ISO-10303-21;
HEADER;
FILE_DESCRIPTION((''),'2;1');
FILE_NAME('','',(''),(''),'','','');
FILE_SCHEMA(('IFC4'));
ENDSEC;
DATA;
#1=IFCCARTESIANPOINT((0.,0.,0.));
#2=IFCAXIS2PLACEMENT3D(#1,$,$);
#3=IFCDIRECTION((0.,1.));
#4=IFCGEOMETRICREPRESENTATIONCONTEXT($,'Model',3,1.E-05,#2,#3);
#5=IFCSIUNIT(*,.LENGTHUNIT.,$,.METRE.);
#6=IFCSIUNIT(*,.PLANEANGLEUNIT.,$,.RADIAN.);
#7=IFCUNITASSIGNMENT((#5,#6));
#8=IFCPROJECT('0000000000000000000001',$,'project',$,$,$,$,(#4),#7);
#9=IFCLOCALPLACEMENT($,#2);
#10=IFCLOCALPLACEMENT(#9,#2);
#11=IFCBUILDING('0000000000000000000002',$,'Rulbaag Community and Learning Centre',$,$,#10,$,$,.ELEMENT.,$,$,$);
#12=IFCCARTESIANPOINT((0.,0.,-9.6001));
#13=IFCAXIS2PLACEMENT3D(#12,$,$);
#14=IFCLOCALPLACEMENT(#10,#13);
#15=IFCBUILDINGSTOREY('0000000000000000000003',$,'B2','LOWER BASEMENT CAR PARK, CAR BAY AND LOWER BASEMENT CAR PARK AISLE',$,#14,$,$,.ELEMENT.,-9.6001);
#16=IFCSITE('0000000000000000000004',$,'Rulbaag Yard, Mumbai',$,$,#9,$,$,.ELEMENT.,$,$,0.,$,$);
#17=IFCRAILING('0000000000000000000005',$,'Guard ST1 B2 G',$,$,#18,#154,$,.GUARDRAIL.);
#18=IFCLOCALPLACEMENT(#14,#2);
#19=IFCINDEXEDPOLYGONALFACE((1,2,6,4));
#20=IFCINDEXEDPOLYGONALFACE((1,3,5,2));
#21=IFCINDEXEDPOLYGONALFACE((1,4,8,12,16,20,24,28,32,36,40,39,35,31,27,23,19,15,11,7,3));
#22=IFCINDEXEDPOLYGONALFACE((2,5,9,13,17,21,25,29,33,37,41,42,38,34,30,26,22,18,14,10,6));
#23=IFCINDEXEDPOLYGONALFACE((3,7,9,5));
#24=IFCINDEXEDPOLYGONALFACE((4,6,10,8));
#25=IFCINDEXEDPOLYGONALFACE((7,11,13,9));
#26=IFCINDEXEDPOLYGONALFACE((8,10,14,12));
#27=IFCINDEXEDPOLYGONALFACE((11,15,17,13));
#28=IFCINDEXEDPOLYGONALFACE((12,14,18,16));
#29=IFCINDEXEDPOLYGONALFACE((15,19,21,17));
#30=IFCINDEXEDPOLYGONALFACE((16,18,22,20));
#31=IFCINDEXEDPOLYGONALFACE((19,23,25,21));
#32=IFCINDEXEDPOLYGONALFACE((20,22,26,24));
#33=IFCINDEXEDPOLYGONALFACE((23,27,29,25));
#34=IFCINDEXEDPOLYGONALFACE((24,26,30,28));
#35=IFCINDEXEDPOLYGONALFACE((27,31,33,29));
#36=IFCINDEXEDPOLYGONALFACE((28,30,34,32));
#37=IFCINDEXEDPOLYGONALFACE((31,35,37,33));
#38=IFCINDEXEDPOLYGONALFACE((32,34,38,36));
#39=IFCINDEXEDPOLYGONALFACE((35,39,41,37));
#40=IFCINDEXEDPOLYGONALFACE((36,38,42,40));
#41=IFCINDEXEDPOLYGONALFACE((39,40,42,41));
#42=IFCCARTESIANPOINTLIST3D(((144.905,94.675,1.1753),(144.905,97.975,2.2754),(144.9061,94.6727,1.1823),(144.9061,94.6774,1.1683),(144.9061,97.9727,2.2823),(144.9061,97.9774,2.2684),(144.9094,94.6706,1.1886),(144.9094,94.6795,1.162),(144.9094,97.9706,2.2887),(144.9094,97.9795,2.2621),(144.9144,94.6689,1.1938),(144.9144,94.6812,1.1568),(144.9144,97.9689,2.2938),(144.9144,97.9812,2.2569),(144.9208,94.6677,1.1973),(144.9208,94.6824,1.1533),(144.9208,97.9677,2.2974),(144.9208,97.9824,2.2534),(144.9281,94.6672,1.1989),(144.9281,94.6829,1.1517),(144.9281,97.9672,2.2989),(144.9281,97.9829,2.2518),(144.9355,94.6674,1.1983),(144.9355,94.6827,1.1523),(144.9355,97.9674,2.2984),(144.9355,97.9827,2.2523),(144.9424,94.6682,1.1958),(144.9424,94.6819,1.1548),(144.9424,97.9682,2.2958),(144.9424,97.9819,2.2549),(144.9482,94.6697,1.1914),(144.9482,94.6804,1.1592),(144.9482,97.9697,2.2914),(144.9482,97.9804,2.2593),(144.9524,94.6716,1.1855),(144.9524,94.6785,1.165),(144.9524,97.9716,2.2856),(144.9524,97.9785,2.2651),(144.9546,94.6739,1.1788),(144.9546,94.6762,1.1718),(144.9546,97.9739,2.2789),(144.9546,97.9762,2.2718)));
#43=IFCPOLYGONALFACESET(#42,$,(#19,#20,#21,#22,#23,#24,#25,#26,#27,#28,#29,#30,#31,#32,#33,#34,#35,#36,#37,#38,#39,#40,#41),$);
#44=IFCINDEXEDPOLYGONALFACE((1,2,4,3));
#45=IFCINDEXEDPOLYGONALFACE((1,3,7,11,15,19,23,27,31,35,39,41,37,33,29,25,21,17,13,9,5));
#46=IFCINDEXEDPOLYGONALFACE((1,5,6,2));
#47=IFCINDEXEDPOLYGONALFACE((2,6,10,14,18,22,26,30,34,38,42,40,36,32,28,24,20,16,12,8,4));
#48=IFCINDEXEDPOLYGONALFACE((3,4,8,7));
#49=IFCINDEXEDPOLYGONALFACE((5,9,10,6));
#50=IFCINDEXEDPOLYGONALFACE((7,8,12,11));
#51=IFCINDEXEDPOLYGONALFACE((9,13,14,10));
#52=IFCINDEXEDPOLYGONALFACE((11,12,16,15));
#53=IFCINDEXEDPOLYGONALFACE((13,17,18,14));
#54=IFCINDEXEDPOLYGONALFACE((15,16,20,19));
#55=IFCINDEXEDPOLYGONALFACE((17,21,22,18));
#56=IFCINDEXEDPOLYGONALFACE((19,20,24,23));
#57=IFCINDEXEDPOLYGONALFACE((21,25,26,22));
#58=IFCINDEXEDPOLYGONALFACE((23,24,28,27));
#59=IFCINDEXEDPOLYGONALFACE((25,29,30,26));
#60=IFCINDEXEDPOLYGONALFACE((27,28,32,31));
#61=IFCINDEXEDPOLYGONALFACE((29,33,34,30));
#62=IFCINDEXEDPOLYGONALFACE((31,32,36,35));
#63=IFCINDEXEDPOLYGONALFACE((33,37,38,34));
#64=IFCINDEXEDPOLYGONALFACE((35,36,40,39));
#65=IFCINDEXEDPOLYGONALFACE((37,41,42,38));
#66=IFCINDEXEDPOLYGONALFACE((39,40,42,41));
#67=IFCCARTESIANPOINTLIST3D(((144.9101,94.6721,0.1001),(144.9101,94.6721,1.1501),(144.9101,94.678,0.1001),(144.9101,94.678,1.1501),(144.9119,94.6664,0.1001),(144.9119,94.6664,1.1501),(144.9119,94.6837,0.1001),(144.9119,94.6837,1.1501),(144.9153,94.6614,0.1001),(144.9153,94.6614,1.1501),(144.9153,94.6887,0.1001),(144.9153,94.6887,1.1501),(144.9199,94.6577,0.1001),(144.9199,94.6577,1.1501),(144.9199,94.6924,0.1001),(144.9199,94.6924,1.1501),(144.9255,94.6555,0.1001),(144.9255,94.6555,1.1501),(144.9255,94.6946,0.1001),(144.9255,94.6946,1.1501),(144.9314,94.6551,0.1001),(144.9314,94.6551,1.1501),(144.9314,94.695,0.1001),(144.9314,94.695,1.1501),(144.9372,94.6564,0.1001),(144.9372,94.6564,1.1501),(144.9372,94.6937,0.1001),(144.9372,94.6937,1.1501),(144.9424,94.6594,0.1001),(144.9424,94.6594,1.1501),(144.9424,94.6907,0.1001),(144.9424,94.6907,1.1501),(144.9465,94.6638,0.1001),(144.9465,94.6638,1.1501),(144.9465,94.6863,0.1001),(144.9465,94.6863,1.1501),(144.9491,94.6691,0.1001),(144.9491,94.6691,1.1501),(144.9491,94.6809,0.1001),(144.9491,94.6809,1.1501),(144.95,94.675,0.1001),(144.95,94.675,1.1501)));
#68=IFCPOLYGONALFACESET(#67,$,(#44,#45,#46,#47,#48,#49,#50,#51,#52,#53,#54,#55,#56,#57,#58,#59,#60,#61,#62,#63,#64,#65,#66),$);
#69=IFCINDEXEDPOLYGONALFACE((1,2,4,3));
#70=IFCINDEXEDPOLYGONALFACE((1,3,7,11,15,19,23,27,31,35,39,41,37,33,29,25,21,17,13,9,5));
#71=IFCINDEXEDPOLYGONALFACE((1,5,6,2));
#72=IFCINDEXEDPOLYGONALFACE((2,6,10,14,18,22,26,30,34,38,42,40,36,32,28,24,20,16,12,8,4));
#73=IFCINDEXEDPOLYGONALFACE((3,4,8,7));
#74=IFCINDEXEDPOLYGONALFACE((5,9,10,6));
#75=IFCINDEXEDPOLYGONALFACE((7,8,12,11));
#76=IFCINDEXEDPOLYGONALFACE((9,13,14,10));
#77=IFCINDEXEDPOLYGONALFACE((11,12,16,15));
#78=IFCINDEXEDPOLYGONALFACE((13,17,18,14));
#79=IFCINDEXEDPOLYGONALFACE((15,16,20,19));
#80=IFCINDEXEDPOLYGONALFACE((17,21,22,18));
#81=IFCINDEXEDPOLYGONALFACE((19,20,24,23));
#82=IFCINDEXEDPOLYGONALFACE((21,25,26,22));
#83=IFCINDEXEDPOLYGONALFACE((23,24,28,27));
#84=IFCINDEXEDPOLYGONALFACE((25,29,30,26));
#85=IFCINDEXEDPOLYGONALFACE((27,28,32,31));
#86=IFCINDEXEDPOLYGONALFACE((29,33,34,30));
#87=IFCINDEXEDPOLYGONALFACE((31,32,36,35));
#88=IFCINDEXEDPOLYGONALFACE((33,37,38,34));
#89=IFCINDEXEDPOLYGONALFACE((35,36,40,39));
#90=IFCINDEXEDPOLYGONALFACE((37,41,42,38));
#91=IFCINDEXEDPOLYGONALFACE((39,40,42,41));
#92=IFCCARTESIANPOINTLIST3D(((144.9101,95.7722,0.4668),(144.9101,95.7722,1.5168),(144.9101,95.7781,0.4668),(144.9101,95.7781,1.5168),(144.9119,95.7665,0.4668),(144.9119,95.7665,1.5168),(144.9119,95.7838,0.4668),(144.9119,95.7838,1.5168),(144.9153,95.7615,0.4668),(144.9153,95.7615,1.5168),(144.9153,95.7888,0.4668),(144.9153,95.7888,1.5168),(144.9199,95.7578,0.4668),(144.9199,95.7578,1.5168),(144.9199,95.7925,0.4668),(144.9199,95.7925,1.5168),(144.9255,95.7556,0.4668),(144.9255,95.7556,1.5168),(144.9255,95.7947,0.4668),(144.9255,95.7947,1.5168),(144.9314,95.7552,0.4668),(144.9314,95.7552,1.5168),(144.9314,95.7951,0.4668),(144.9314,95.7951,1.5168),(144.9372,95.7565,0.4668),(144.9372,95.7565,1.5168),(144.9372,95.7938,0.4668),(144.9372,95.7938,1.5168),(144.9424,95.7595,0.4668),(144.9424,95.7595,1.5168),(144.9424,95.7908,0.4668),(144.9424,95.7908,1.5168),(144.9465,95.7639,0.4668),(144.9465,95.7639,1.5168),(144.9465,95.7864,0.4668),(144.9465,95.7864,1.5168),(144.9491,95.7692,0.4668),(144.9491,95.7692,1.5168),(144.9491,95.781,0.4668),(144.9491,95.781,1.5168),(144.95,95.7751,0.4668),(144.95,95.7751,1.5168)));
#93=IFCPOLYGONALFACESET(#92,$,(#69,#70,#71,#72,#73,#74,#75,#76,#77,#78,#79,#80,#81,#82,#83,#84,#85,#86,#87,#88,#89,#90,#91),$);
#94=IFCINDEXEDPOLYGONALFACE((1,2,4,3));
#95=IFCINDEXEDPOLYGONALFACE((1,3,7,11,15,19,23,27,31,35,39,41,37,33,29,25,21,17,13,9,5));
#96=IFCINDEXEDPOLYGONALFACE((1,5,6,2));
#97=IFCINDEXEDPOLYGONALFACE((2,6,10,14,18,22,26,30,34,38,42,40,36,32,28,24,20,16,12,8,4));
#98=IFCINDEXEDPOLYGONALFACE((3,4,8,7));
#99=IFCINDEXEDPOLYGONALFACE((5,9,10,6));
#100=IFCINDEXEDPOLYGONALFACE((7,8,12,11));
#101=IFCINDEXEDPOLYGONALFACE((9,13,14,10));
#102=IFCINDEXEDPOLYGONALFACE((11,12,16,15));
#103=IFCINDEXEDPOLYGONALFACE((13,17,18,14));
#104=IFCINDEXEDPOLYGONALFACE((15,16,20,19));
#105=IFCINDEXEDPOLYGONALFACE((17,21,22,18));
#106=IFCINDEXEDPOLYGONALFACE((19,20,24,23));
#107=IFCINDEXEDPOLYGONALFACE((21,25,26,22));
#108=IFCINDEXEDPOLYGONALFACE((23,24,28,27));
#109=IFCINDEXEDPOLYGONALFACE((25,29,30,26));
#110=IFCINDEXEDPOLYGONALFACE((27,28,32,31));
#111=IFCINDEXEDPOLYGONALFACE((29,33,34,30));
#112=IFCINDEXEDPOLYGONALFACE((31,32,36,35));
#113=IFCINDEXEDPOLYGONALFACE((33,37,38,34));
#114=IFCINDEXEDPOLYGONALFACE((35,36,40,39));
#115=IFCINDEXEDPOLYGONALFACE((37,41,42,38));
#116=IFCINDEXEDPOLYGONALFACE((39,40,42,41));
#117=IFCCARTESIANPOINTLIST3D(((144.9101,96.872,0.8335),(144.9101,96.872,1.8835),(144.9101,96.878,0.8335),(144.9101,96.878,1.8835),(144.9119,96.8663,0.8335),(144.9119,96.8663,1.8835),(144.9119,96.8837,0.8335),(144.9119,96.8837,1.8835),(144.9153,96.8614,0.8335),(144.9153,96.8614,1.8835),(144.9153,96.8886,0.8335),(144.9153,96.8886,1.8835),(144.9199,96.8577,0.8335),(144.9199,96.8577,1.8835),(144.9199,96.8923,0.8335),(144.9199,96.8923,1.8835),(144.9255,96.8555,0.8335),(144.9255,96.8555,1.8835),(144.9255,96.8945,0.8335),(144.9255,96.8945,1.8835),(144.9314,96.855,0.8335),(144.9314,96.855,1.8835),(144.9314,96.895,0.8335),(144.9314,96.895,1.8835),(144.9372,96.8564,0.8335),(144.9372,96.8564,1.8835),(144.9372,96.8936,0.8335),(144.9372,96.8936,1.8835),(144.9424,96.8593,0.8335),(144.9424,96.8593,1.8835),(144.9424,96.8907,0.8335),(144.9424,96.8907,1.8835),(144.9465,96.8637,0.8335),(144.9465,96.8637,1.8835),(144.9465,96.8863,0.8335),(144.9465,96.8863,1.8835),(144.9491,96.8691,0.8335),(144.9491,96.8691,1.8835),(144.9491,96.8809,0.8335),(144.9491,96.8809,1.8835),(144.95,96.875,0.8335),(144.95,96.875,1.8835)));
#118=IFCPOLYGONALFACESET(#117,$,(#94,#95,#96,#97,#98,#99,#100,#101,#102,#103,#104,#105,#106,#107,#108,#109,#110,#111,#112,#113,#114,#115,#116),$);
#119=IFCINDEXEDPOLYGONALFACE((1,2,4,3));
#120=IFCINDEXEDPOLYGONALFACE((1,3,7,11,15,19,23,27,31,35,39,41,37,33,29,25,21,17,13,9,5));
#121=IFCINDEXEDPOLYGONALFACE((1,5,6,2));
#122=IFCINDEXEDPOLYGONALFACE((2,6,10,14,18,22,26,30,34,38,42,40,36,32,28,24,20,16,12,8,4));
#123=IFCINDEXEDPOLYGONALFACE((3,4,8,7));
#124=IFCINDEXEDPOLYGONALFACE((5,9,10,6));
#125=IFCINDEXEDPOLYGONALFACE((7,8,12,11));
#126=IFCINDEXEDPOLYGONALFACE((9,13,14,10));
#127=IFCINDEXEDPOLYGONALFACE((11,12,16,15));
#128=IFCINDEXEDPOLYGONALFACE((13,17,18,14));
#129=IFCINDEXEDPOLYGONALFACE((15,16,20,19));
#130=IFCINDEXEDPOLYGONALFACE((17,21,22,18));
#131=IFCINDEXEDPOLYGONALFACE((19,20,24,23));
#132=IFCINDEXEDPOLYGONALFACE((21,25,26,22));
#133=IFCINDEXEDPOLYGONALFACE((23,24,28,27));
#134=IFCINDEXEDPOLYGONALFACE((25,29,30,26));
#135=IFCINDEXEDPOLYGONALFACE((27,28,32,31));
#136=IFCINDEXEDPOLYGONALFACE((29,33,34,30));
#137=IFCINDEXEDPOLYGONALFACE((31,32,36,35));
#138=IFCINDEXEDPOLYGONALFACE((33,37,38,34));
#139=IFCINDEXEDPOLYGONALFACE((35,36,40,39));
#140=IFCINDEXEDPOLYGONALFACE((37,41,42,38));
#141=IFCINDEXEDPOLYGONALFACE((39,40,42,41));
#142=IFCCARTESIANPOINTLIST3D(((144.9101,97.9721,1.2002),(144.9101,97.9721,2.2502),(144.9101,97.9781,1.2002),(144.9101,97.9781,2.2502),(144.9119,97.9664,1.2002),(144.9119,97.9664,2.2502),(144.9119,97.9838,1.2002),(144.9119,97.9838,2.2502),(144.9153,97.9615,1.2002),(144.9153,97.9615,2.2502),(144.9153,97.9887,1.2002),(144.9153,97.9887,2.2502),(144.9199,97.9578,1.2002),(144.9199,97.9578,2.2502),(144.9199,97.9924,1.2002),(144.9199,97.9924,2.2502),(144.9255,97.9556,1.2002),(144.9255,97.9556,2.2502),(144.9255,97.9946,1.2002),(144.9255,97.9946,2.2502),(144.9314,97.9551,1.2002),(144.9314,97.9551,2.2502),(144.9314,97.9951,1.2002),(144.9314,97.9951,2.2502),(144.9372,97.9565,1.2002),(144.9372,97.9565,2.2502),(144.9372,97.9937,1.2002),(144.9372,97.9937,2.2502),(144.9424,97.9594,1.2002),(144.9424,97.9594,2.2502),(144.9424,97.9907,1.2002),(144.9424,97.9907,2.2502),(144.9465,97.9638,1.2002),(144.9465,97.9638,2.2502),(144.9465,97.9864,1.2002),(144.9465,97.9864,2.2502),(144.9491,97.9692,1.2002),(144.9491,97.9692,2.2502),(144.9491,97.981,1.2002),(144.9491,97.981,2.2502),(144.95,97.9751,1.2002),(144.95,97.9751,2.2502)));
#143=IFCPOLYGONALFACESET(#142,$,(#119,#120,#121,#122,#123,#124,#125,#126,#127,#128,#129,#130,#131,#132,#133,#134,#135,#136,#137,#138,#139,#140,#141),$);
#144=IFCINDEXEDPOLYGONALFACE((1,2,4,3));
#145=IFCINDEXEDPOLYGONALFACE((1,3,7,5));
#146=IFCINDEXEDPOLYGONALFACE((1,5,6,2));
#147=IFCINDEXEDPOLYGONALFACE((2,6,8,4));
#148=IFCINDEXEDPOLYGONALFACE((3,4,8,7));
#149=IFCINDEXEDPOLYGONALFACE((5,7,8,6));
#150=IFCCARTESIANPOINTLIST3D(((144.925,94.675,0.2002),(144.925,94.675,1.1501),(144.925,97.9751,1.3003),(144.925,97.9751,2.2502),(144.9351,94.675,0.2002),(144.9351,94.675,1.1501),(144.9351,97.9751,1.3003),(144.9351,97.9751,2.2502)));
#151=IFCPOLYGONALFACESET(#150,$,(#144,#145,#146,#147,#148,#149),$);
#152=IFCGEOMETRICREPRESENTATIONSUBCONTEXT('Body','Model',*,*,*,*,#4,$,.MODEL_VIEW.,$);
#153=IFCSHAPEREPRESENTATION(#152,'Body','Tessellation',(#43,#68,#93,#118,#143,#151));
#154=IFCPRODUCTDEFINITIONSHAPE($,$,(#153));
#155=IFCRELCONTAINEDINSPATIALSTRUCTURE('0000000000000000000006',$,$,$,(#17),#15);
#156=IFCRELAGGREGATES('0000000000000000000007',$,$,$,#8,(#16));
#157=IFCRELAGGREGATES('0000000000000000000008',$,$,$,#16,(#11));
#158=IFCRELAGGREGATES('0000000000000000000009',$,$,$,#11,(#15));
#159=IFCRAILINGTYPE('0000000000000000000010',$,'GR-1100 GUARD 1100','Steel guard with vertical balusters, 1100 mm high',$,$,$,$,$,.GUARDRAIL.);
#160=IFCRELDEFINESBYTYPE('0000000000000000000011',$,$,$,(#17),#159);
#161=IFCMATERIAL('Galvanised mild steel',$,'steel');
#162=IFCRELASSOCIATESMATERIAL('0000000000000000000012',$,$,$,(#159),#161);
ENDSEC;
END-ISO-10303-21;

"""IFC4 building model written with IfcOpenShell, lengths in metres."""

from ifc_helpers import new_model, si_unit, direction, frame, origin, origin_2d, place, context, subcontext, project, spatial, polyline, circle, outline, extrude, material, type_object, element, save


model = new_model("IFC4")

# Units and contexts
model_context = context("Model", 3, precision=1e-05, world=origin(), true_north=direction((0.0, 1.0)))
body_context = subcontext(model_context, "Body", "Model", "MODEL_VIEW")
ifc_project = project(units=[si_unit("LENGTHUNIT", "METRE"), si_unit("PLANEANGLEUNIT", "RADIAN")], contexts=[model_context])

# Site, building, storey
site_placement = place(None, origin())
site = spatial("IfcSite", under=ifc_project, at=site_placement, Name="Rulbaag Yard, Mumbai", CompositionType="ELEMENT", RefElevation=0.0)
building_placement = place(site_placement, origin())
building = spatial("IfcBuilding", under=site, at=building_placement, Name="Rulbaag Community and Learning Centre", CompositionType="ELEMENT")
storey_placement = place(building_placement, frame((0.0, 0.0, -9.6001)))
storey = spatial("IfcBuildingStorey", under=building, at=storey_placement, Name="B2", Description="LOWER BASEMENT CAR PARK, CAR BAY AND LOWER BASEMENT CAR PARK AISLE", CompositionType="ELEMENT", Elevation=-9.6001)

# Railing
ifc_material_1 = material(Name="Galvanised mild steel", Category="steel")
railing_type_1 = type_object("IfcRailingType", Name="GR-1100 GUARD 1100", Description="Steel guard with vertical balusters, 1100 mm high", PredefinedType="GUARDRAIL", material=ifc_material_1)
for number, where, name in (
    (1, (144.9299, 94.675, 0.1001), "Guard ST1 B2 G"),
):
    element("IfcRailing", number, at=place(storey_placement, frame(where)), inside=storey, type_object=railing_type_1, Name=name, PredefinedType="GUARDRAIL", context=body_context, shape_type="SweptSolid", body=[
        extrude(circle(Radius=0.0249, at=origin_2d()), frame((0.0, 0.0, 1.0752), z_axis=(0.0, 0.948676, 0.316249), x_axis=(-1.0, 0.0, 0.0)), (0.0, 0.0, 1.0), 3.4785),
        extrude(circle(Radius=0.02, at=origin_2d()), origin(), (0.0, 0.0, 1.0), 1.05),
        extrude(circle(Radius=0.02, at=origin_2d()), frame((0.0, 1.1001, 0.3667)), (0.0, 0.0, 1.0), 1.05),
        extrude(circle(Radius=0.02, at=origin_2d()), frame((0.0, 2.2, 0.7334)), (0.0, 0.0, 1.0), 1.05),
        extrude(circle(Radius=0.02, at=origin_2d()), frame((0.0, 3.3, 1.1001)), (0.0, 0.0, 1.0), 1.05),
        extrude(outline(polyline([(0.0, 0.0), (3.3, 1.1001), (3.3, 2.05), (0.0, 0.95), (0.0, 0.0)])), frame((-0.0049, 0.0, 0.1001), z_axis=(1.0, 0.0, 0.0), x_axis=(0.0, 1.0, 0.0)), (0.0, 0.0, 1.0), 0.01),
    ])

save(model, "model.ifc")
